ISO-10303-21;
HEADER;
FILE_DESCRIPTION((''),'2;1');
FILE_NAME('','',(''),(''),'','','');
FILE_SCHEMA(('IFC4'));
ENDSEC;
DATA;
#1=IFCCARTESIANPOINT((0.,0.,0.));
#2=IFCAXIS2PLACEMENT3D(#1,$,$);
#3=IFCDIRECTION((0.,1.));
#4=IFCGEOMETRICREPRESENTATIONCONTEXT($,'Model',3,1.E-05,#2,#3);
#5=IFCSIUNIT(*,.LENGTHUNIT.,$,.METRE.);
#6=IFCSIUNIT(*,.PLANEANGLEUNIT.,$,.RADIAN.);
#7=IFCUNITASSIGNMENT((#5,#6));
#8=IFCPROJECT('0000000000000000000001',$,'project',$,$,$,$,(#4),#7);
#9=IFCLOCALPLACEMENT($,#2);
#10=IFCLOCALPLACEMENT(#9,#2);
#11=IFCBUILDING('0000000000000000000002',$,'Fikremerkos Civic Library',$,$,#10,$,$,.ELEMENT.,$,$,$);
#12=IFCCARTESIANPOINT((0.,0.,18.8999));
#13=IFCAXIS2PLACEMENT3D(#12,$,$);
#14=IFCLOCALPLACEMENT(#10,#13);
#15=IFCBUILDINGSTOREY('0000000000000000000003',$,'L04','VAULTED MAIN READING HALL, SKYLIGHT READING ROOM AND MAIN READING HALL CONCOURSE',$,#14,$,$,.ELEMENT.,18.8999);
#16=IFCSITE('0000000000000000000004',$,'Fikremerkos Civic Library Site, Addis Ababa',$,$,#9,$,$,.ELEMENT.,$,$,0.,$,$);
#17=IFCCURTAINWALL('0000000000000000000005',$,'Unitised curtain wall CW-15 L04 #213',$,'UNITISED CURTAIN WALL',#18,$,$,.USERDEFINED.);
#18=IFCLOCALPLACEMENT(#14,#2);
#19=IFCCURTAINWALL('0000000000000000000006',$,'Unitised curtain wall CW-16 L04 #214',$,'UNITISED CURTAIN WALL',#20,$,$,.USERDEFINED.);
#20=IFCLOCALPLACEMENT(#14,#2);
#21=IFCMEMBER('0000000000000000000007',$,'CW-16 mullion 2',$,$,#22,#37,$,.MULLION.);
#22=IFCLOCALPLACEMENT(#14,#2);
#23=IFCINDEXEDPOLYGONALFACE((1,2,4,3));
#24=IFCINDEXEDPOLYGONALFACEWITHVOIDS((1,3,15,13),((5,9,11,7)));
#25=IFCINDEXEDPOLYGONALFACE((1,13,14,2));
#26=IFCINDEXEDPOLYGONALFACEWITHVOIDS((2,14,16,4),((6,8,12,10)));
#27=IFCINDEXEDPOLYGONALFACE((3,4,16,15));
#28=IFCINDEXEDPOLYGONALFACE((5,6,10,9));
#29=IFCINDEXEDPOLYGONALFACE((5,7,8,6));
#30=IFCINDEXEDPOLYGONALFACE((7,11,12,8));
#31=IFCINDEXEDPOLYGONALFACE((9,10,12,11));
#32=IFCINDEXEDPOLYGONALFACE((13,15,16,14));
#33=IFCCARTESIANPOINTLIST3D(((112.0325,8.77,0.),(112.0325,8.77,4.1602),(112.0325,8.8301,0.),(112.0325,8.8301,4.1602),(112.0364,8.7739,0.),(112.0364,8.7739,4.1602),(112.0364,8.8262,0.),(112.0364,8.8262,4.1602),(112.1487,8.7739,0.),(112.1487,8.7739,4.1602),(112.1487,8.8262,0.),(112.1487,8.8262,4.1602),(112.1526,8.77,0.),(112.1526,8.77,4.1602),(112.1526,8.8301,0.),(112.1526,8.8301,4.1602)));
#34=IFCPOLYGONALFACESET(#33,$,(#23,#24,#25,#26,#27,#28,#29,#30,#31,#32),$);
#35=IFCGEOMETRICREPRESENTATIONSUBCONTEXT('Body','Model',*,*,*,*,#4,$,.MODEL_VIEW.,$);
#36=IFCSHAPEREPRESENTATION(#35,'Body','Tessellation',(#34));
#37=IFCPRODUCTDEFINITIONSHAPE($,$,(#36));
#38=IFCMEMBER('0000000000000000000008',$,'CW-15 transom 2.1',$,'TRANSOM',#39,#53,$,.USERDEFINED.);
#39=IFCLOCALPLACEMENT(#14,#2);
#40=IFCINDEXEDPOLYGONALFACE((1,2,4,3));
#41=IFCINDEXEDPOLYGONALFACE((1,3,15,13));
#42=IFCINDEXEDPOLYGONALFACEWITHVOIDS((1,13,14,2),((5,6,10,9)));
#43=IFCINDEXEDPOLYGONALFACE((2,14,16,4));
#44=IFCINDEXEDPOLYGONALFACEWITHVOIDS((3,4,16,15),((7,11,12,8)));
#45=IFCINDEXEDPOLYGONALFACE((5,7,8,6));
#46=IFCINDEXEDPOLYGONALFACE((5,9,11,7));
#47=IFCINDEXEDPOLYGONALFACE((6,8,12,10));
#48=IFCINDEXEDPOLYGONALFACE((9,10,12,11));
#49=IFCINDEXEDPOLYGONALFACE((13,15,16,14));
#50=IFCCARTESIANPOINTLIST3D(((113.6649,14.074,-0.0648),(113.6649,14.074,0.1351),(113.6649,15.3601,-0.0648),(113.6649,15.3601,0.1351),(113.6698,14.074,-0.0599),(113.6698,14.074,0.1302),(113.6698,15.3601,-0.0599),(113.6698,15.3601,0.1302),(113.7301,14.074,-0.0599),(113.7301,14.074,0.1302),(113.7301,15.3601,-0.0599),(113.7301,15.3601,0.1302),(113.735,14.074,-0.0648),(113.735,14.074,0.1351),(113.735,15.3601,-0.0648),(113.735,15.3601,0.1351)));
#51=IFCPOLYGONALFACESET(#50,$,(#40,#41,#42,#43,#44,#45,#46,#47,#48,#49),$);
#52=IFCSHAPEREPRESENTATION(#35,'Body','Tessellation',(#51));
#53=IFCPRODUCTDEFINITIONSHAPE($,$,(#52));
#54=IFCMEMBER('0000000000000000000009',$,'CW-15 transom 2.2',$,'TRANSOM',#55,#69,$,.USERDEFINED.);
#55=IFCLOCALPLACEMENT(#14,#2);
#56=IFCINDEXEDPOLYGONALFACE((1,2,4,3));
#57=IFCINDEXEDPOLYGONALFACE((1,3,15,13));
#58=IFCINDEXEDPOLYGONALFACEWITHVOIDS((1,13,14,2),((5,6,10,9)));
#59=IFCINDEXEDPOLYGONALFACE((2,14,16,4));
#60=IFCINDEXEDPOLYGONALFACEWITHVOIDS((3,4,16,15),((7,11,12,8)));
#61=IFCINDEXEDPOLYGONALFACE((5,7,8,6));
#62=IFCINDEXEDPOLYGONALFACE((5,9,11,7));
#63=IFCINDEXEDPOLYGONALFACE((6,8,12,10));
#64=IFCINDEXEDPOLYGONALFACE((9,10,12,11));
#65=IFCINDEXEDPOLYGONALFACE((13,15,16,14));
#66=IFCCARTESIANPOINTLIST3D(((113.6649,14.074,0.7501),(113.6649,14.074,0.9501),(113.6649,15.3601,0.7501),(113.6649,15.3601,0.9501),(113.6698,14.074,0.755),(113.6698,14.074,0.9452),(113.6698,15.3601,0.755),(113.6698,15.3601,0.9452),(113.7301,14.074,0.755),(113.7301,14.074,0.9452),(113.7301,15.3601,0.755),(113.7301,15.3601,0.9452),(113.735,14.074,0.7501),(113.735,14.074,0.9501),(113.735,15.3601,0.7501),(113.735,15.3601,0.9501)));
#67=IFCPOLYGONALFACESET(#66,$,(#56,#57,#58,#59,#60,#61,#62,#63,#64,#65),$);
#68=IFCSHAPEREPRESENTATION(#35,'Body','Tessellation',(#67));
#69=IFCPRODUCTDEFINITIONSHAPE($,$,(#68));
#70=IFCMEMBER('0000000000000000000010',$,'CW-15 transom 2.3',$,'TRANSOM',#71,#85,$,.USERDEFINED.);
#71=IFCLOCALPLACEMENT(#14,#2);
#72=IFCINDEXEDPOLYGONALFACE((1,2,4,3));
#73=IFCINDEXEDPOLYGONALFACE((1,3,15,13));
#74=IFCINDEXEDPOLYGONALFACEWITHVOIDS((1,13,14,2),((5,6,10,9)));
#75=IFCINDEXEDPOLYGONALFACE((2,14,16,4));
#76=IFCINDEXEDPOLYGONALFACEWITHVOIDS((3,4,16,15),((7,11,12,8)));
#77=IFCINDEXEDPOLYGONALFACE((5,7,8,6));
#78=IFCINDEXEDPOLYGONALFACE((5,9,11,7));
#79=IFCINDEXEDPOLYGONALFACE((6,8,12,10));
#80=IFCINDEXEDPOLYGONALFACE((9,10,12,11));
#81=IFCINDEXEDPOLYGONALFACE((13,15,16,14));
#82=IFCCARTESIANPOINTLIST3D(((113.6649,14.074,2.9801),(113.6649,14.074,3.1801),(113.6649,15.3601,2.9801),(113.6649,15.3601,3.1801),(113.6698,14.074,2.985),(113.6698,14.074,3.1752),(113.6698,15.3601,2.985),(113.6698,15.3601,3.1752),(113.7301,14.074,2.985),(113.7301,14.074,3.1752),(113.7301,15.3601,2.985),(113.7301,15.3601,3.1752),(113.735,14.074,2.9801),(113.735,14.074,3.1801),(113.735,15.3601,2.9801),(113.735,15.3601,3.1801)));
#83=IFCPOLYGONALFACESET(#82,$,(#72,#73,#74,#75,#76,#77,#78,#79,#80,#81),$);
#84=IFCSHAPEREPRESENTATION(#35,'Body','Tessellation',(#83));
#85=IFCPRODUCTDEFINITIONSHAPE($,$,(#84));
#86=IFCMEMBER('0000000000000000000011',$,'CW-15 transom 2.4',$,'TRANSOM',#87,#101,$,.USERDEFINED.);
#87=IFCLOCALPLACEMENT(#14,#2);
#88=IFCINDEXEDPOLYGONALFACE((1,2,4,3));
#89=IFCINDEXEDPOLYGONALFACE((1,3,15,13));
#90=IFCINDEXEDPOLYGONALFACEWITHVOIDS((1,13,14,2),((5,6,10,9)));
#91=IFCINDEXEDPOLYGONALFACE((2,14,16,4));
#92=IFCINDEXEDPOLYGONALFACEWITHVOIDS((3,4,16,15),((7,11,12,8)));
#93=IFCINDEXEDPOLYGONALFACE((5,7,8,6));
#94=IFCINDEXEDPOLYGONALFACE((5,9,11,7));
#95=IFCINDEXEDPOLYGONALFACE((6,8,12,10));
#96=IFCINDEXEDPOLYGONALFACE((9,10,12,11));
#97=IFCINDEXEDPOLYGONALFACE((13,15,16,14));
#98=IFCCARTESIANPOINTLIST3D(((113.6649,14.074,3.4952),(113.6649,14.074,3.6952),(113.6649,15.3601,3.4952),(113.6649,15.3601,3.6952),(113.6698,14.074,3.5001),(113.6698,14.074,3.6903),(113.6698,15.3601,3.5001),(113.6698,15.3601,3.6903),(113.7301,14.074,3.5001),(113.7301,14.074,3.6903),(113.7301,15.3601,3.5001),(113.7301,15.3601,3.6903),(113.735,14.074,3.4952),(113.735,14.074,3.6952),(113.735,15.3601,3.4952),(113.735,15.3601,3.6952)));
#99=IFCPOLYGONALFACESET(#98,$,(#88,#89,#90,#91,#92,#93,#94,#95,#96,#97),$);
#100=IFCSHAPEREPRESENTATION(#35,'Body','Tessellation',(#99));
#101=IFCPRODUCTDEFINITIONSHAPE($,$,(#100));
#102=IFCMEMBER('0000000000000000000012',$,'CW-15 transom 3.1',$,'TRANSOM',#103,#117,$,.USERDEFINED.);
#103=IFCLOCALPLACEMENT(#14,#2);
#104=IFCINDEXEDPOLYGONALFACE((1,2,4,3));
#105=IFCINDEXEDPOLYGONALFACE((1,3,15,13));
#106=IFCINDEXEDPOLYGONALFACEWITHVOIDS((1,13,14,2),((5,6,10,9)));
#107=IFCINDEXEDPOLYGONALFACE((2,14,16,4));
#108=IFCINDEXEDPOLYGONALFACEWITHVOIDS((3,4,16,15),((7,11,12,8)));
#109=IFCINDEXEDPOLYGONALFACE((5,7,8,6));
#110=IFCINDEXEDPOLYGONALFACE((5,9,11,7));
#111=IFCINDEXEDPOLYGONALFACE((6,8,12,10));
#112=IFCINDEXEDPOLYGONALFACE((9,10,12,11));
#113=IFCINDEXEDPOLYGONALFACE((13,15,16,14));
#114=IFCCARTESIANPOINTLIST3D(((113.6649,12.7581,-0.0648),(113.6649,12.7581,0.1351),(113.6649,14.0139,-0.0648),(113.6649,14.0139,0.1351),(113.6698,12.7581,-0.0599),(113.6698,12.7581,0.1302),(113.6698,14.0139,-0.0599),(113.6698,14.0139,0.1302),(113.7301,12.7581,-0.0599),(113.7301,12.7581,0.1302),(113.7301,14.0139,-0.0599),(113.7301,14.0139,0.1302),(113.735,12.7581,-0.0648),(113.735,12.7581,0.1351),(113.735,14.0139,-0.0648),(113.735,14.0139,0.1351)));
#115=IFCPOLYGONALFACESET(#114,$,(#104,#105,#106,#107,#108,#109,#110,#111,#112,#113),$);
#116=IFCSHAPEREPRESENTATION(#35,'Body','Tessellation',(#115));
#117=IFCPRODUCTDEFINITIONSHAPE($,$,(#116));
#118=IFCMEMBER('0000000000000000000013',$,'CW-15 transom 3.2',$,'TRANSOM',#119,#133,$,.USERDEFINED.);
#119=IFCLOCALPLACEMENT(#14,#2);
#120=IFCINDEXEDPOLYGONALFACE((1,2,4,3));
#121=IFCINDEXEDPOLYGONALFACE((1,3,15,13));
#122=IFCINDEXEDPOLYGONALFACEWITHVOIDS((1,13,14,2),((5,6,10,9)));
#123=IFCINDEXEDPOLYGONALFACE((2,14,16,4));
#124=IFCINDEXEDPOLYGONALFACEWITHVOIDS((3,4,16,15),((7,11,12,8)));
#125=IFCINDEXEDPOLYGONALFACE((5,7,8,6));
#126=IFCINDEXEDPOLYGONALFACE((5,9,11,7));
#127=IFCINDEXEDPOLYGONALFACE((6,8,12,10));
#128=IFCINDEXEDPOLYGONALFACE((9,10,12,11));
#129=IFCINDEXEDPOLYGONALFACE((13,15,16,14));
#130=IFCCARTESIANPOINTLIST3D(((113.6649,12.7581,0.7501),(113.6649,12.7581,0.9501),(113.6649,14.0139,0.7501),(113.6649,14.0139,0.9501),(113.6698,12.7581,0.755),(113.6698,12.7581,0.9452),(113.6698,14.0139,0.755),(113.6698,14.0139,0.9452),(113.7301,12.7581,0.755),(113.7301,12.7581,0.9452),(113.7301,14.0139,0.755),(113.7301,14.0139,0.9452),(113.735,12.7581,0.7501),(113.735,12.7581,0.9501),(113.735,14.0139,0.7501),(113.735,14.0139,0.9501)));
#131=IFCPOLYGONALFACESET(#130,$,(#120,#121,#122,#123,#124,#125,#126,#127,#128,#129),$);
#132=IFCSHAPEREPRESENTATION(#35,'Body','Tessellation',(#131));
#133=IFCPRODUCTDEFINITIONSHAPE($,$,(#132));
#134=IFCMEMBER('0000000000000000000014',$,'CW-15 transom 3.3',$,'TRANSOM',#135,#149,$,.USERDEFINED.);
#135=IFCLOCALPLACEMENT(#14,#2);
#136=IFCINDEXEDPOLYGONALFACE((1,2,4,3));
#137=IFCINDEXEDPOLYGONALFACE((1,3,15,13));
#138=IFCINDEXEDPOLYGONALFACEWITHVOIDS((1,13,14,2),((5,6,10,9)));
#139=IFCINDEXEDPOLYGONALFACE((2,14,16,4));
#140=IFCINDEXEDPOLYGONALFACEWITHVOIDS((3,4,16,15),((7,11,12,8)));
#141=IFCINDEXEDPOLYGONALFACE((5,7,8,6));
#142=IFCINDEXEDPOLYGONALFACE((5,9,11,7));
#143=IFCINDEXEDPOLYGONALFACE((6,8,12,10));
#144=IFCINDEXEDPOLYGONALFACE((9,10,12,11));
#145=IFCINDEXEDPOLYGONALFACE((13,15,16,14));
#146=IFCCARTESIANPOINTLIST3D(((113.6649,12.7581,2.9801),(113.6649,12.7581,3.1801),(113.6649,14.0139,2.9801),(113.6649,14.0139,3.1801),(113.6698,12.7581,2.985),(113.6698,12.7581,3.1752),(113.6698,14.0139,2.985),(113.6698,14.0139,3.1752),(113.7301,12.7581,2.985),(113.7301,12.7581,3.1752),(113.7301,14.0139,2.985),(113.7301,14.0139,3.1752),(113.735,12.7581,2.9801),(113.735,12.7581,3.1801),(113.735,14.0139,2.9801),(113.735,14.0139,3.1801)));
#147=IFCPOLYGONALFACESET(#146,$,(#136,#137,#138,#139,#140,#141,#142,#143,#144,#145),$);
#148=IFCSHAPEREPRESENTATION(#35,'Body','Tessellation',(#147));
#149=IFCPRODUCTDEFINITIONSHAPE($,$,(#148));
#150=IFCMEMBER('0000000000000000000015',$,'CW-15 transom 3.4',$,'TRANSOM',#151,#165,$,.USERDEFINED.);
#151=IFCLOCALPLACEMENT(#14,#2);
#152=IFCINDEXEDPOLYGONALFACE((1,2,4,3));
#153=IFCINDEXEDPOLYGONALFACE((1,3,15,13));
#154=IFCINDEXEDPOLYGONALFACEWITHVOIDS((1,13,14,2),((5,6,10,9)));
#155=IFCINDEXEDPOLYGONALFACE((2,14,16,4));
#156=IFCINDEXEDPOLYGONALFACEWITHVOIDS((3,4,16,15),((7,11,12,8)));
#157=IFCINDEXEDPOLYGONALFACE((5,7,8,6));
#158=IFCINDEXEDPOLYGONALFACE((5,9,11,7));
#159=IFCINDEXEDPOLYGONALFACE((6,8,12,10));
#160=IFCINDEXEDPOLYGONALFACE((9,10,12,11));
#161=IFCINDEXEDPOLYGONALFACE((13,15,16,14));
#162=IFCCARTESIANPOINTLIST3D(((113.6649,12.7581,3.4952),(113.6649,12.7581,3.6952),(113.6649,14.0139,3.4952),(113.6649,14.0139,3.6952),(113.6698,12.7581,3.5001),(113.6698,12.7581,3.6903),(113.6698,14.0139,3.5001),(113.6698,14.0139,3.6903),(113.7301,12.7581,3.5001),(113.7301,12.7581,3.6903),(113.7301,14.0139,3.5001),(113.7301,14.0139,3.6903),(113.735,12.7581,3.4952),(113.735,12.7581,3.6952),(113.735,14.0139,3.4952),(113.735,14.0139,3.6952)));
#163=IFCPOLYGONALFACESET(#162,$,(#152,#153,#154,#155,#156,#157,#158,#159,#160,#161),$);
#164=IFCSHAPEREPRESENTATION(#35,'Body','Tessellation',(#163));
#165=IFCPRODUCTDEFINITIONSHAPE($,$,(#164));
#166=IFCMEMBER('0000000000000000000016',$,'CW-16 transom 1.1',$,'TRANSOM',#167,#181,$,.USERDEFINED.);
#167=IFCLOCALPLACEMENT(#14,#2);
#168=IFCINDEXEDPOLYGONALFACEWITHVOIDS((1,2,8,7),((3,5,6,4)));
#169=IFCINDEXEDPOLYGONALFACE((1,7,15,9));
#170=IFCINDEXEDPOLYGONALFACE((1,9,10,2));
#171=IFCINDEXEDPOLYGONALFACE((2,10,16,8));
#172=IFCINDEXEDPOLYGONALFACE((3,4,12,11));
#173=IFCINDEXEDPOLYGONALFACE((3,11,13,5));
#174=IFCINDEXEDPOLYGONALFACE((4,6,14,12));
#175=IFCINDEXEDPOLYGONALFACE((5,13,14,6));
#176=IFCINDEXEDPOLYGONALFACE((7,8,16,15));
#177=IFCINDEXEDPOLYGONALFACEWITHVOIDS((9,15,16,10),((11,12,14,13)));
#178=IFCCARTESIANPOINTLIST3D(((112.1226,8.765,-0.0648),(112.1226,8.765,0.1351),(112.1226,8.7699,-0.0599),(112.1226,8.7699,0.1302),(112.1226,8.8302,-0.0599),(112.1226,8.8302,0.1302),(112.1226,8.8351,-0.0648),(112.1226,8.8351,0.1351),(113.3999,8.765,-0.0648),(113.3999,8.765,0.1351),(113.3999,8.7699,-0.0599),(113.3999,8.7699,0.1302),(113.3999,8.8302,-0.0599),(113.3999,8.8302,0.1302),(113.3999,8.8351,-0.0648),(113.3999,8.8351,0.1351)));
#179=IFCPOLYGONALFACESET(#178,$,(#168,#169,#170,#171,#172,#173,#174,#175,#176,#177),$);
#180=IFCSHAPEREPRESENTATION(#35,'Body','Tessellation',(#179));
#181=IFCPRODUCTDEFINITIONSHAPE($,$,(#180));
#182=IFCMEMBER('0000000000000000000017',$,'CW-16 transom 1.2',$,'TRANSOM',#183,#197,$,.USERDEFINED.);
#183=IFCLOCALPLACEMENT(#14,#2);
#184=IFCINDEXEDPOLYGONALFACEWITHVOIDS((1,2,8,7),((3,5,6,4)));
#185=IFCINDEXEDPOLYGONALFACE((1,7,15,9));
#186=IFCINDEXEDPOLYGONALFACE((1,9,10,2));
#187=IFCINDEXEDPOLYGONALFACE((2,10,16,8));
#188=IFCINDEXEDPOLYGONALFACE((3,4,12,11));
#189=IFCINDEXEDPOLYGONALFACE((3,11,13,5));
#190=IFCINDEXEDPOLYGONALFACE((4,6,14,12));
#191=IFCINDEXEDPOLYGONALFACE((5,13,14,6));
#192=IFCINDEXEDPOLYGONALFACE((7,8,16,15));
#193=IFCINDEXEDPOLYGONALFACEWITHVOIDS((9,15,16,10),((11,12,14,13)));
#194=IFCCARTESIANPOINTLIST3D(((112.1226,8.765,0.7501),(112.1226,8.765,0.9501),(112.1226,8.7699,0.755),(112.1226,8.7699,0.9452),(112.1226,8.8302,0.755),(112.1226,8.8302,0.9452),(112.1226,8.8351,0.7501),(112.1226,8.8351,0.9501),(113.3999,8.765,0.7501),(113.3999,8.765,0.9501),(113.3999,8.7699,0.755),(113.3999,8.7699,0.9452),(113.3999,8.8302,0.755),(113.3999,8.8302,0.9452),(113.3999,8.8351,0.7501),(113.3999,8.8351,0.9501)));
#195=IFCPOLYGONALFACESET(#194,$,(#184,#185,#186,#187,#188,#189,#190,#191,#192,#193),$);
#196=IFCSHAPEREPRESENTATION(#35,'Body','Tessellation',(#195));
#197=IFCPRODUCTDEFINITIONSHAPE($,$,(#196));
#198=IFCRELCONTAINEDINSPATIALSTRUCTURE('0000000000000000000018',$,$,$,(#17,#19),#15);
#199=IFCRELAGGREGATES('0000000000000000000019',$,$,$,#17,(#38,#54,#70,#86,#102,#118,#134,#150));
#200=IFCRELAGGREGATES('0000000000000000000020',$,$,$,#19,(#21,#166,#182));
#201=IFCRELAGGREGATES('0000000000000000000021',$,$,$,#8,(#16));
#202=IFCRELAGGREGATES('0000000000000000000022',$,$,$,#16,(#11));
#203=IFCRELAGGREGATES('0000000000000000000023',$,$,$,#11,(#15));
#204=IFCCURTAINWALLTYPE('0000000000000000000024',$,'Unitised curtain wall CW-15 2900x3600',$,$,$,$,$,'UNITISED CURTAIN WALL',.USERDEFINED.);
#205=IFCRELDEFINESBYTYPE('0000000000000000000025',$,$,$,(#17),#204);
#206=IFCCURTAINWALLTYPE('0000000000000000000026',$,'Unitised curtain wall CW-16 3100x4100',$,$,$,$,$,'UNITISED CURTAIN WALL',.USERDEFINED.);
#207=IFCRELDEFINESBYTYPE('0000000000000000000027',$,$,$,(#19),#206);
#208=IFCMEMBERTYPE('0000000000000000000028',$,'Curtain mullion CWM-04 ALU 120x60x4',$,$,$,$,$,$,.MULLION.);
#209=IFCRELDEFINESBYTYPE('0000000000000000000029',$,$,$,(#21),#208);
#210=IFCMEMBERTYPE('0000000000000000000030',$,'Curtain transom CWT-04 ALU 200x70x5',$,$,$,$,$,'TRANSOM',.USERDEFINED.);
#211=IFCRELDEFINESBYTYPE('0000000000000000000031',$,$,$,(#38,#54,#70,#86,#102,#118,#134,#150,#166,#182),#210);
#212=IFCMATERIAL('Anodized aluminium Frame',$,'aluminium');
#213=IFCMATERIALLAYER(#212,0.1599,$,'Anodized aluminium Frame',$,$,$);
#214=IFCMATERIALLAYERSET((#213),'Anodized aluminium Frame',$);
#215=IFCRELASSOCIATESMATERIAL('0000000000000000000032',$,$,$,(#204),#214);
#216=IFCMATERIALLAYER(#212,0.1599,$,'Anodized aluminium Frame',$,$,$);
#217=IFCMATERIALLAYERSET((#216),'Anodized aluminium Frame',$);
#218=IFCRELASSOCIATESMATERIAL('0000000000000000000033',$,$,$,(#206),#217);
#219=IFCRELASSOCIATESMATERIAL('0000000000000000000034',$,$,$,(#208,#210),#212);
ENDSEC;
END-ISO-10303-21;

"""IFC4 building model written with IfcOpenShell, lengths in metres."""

from ifc_helpers import new_model, si_unit, direction, frame, origin, origin_2d, place, context, subcontext, project, spatial, hollow_rectangle, extrude, material, layer, layer_set, material_profile, profile_set, type_object, element, aggregate, save


model = new_model("IFC4")

# Units and contexts
model_context = context("Model", 3, precision=1e-05, world=origin(), true_north=direction((0.0, 1.0)))
body_context = subcontext(model_context, "Body", "Model", "MODEL_VIEW")
ifc_project = project(units=[si_unit("LENGTHUNIT", "METRE"), si_unit("PLANEANGLEUNIT", "RADIAN")], contexts=[model_context])

# Site, building, storey
site_placement = place(None, origin())
site = spatial("IfcSite", under=ifc_project, at=site_placement, Name="Fikremerkos Civic Library Site, Addis Ababa", CompositionType="ELEMENT", RefElevation=0.0)
building_placement = place(site_placement, origin())
building = spatial("IfcBuilding", under=site, at=building_placement, Name="Fikremerkos Civic Library", CompositionType="ELEMENT")
storey_placement = place(building_placement, frame((0.0, 0.0, 18.8999)))
storey = spatial("IfcBuildingStorey", under=building, at=storey_placement, Name="L04", Description="VAULTED MAIN READING HALL, SKYLIGHT READING ROOM AND MAIN READING HALL CONCOURSE", CompositionType="ELEMENT", Elevation=18.8999)

# Curtain walls, member
ifc_material_1 = material(Name="Anodized aluminium Frame", Category="aluminium")
ifc_layer_1 = layer(ifc_material_1, 0.1599, Name="Anodized aluminium Frame")
ifc_layer_set_1 = layer_set([ifc_layer_1], Name="Anodized aluminium Frame")
curtain_wall_type_1 = type_object("IfcCurtainWallType", Name="Unitised curtain wall CW-15 2900x3600", ElementType="UNITISED CURTAIN WALL", PredefinedType="USERDEFINED", material=ifc_layer_set_1)
curtain_wall_1_placement = place(storey_placement, origin())
curtain_wall_1 = element("IfcCurtainWall", 1, at=curtain_wall_1_placement, inside=storey, type_object=curtain_wall_type_1, Name="Unitised curtain wall CW-15 L04 #213", ObjectType="UNITISED CURTAIN WALL", PredefinedType="USERDEFINED")
ifc_layer_2 = layer(ifc_material_1, 0.1599, Name="Anodized aluminium Frame")
ifc_layer_set_2 = layer_set([ifc_layer_2], Name="Anodized aluminium Frame")
curtain_wall_type_2 = type_object("IfcCurtainWallType", Name="Unitised curtain wall CW-16 3100x4100", ElementType="UNITISED CURTAIN WALL", PredefinedType="USERDEFINED", material=ifc_layer_set_2)
curtain_wall_2_placement = place(storey_placement, origin())
curtain_wall_2 = element("IfcCurtainWall", 2, at=curtain_wall_2_placement, inside=storey, type_object=curtain_wall_type_2, Name="Unitised curtain wall CW-16 L04 #214", ObjectType="UNITISED CURTAIN WALL", PredefinedType="USERDEFINED")
ifc_material_profile_1 = material_profile(ifc_material_1, hollow_rectangle(XDim=0.0601, YDim=0.1201, WallThickness=0.0039, at=origin_2d()), Name="ALU 120x60x4")
ifc_profile_set_1 = profile_set([ifc_material_profile_1], Name="Anodized aluminium Frame")
member_type_1 = type_object("IfcMemberType", Name="Curtain mullion CWM-04 ALU 120x60x4", PredefinedType="MULLION", material=ifc_profile_set_1)
member_1_placement = place(storey_placement, frame((112.0925, 8.8, 0.0), z_axis=(0.0, 0.0, 1.0), x_axis=(0.0, -1.0, 0.0)))
member_1 = element("IfcMember", 3, at=member_1_placement, type_object=member_type_1, Name="CW-16 mullion 2", PredefinedType="MULLION", context=body_context, shape_type="SweptSolid", body=[
    extrude(hollow_rectangle(XDim=0.0601, YDim=0.1201, WallThickness=0.0039, at=origin_2d()), origin(), (0.0, 0.0, 1.0), 4.1602),
])

# Members
ifc_material_profile_2 = material_profile(ifc_material_1, hollow_rectangle(XDim=0.0701, YDim=0.2, WallThickness=0.0049, at=origin_2d()), Name="ALU 200x70x5")
ifc_profile_set_2 = profile_set([ifc_material_profile_2], Name="Anodized aluminium Frame")
member_type_2 = type_object("IfcMemberType", Name="Curtain transom CWT-04 ALU 200x70x5", ElementType="TRANSOM", PredefinedType="USERDEFINED", material=ifc_profile_set_2)
member_2_placement = place(storey_placement, frame((113.7, 15.3601, 0.0352), z_axis=(0.0, -1.0, 0.0), x_axis=(1.0, 0.0, 0.0)))
member_2 = element("IfcMember", 4, at=member_2_placement, type_object=member_type_2, Name="CW-15 transom 2.1", ObjectType="TRANSOM", PredefinedType="USERDEFINED", context=body_context, shape_type="SweptSolid", body=[
    extrude(hollow_rectangle(XDim=0.0701, YDim=0.2, WallThickness=0.0049, at=origin_2d()), origin(), (0.0, 0.0, 1.0), 1.2861),
])
member_3_placement = place(storey_placement, frame((113.7, 15.3601, 0.8501), z_axis=(0.0, -1.0, 0.0), x_axis=(1.0, 0.0, 0.0)))
member_3 = element("IfcMember", 5, at=member_3_placement, type_object=member_type_2, Name="CW-15 transom 2.2", ObjectType="TRANSOM", PredefinedType="USERDEFINED", context=body_context, shape_type="SweptSolid", body=[
    extrude(hollow_rectangle(XDim=0.0701, YDim=0.2, WallThickness=0.0049, at=origin_2d()), origin(), (0.0, 0.0, 1.0), 1.2861),
])
member_4_placement = place(storey_placement, frame((113.7, 15.3601, 3.0801), z_axis=(0.0, -1.0, 0.0), x_axis=(1.0, 0.0, 0.0)))
member_4 = element("IfcMember", 6, at=member_4_placement, type_object=member_type_2, Name="CW-15 transom 2.3", ObjectType="TRANSOM", PredefinedType="USERDEFINED", context=body_context, shape_type="SweptSolid", body=[
    extrude(hollow_rectangle(XDim=0.0701, YDim=0.2, WallThickness=0.0049, at=origin_2d()), origin(), (0.0, 0.0, 1.0), 1.2861),
])
member_5_placement = place(storey_placement, frame((113.7, 15.3601, 3.5952), z_axis=(0.0, -1.0, 0.0), x_axis=(1.0, 0.0, 0.0)))
member_5 = element("IfcMember", 7, at=member_5_placement, type_object=member_type_2, Name="CW-15 transom 2.4", ObjectType="TRANSOM", PredefinedType="USERDEFINED", context=body_context, shape_type="SweptSolid", body=[
    extrude(hollow_rectangle(XDim=0.0701, YDim=0.2, WallThickness=0.0049, at=origin_2d()), origin(), (0.0, 0.0, 1.0), 1.2861),
])
member_6_placement = place(storey_placement, frame((113.7, 14.0139, 0.0352), z_axis=(0.0, -1.0, 0.0), x_axis=(1.0, 0.0, 0.0)))
member_6 = element("IfcMember", 8, at=member_6_placement, type_object=member_type_2, Name="CW-15 transom 3.1", ObjectType="TRANSOM", PredefinedType="USERDEFINED", context=body_context, shape_type="SweptSolid", body=[
    extrude(hollow_rectangle(XDim=0.0701, YDim=0.2, WallThickness=0.0049, at=origin_2d()), origin(), (0.0, 0.0, 1.0), 1.2559),
])
member_7_placement = place(storey_placement, frame((113.7, 14.0139, 0.8501), z_axis=(0.0, -1.0, 0.0), x_axis=(1.0, 0.0, 0.0)))
member_7 = element("IfcMember", 9, at=member_7_placement, type_object=member_type_2, Name="CW-15 transom 3.2", ObjectType="TRANSOM", PredefinedType="USERDEFINED", context=body_context, shape_type="SweptSolid", body=[
    extrude(hollow_rectangle(XDim=0.0701, YDim=0.2, WallThickness=0.0049, at=origin_2d()), origin(), (0.0, 0.0, 1.0), 1.2559),
])
member_8_placement = place(storey_placement, frame((113.7, 14.0139, 3.0801), z_axis=(0.0, -1.0, 0.0), x_axis=(1.0, 0.0, 0.0)))
member_8 = element("IfcMember", 10, at=member_8_placement, type_object=member_type_2, Name="CW-15 transom 3.3", ObjectType="TRANSOM", PredefinedType="USERDEFINED", context=body_context, shape_type="SweptSolid", body=[
    extrude(hollow_rectangle(XDim=0.0701, YDim=0.2, WallThickness=0.0049, at=origin_2d()), origin(), (0.0, 0.0, 1.0), 1.2559),
])
member_9_placement = place(storey_placement, frame((113.7, 14.0139, 3.5952), z_axis=(0.0, -1.0, 0.0), x_axis=(1.0, 0.0, 0.0)))
member_9 = element("IfcMember", 11, at=member_9_placement, type_object=member_type_2, Name="CW-15 transom 3.4", ObjectType="TRANSOM", PredefinedType="USERDEFINED", context=body_context, shape_type="SweptSolid", body=[
    extrude(hollow_rectangle(XDim=0.0701, YDim=0.2, WallThickness=0.0049, at=origin_2d()), origin(), (0.0, 0.0, 1.0), 1.2559),
])
member_10_placement = place(storey_placement, frame((113.3999, 8.8, 0.0352), z_axis=(-1.0, 0.0, 0.0), x_axis=(0.0, -1.0, 0.0)))
member_10 = element("IfcMember", 12, at=member_10_placement, type_object=member_type_2, Name="CW-16 transom 1.1", ObjectType="TRANSOM", PredefinedType="USERDEFINED", context=body_context, shape_type="SweptSolid", body=[
    extrude(hollow_rectangle(XDim=0.0701, YDim=0.2, WallThickness=0.0049, at=origin_2d()), origin(), (0.0, 0.0, 1.0), 1.2773),
])
member_11_placement = place(storey_placement, frame((113.3999, 8.8, 0.8501), z_axis=(-1.0, 0.0, 0.0), x_axis=(0.0, -1.0, 0.0)))
member_11 = element("IfcMember", 13, at=member_11_placement, type_object=member_type_2, Name="CW-16 transom 1.2", ObjectType="TRANSOM", PredefinedType="USERDEFINED", context=body_context, shape_type="SweptSolid", body=[
    extrude(hollow_rectangle(XDim=0.0701, YDim=0.2, WallThickness=0.0049, at=origin_2d()), origin(), (0.0, 0.0, 1.0), 1.2773),
])

aggregate(curtain_wall_1, [member_2, member_3, member_4, member_5, member_6, member_7, member_8, member_9])
aggregate(curtain_wall_2, [member_1, member_10, member_11])

save(model, "model.ifc")
